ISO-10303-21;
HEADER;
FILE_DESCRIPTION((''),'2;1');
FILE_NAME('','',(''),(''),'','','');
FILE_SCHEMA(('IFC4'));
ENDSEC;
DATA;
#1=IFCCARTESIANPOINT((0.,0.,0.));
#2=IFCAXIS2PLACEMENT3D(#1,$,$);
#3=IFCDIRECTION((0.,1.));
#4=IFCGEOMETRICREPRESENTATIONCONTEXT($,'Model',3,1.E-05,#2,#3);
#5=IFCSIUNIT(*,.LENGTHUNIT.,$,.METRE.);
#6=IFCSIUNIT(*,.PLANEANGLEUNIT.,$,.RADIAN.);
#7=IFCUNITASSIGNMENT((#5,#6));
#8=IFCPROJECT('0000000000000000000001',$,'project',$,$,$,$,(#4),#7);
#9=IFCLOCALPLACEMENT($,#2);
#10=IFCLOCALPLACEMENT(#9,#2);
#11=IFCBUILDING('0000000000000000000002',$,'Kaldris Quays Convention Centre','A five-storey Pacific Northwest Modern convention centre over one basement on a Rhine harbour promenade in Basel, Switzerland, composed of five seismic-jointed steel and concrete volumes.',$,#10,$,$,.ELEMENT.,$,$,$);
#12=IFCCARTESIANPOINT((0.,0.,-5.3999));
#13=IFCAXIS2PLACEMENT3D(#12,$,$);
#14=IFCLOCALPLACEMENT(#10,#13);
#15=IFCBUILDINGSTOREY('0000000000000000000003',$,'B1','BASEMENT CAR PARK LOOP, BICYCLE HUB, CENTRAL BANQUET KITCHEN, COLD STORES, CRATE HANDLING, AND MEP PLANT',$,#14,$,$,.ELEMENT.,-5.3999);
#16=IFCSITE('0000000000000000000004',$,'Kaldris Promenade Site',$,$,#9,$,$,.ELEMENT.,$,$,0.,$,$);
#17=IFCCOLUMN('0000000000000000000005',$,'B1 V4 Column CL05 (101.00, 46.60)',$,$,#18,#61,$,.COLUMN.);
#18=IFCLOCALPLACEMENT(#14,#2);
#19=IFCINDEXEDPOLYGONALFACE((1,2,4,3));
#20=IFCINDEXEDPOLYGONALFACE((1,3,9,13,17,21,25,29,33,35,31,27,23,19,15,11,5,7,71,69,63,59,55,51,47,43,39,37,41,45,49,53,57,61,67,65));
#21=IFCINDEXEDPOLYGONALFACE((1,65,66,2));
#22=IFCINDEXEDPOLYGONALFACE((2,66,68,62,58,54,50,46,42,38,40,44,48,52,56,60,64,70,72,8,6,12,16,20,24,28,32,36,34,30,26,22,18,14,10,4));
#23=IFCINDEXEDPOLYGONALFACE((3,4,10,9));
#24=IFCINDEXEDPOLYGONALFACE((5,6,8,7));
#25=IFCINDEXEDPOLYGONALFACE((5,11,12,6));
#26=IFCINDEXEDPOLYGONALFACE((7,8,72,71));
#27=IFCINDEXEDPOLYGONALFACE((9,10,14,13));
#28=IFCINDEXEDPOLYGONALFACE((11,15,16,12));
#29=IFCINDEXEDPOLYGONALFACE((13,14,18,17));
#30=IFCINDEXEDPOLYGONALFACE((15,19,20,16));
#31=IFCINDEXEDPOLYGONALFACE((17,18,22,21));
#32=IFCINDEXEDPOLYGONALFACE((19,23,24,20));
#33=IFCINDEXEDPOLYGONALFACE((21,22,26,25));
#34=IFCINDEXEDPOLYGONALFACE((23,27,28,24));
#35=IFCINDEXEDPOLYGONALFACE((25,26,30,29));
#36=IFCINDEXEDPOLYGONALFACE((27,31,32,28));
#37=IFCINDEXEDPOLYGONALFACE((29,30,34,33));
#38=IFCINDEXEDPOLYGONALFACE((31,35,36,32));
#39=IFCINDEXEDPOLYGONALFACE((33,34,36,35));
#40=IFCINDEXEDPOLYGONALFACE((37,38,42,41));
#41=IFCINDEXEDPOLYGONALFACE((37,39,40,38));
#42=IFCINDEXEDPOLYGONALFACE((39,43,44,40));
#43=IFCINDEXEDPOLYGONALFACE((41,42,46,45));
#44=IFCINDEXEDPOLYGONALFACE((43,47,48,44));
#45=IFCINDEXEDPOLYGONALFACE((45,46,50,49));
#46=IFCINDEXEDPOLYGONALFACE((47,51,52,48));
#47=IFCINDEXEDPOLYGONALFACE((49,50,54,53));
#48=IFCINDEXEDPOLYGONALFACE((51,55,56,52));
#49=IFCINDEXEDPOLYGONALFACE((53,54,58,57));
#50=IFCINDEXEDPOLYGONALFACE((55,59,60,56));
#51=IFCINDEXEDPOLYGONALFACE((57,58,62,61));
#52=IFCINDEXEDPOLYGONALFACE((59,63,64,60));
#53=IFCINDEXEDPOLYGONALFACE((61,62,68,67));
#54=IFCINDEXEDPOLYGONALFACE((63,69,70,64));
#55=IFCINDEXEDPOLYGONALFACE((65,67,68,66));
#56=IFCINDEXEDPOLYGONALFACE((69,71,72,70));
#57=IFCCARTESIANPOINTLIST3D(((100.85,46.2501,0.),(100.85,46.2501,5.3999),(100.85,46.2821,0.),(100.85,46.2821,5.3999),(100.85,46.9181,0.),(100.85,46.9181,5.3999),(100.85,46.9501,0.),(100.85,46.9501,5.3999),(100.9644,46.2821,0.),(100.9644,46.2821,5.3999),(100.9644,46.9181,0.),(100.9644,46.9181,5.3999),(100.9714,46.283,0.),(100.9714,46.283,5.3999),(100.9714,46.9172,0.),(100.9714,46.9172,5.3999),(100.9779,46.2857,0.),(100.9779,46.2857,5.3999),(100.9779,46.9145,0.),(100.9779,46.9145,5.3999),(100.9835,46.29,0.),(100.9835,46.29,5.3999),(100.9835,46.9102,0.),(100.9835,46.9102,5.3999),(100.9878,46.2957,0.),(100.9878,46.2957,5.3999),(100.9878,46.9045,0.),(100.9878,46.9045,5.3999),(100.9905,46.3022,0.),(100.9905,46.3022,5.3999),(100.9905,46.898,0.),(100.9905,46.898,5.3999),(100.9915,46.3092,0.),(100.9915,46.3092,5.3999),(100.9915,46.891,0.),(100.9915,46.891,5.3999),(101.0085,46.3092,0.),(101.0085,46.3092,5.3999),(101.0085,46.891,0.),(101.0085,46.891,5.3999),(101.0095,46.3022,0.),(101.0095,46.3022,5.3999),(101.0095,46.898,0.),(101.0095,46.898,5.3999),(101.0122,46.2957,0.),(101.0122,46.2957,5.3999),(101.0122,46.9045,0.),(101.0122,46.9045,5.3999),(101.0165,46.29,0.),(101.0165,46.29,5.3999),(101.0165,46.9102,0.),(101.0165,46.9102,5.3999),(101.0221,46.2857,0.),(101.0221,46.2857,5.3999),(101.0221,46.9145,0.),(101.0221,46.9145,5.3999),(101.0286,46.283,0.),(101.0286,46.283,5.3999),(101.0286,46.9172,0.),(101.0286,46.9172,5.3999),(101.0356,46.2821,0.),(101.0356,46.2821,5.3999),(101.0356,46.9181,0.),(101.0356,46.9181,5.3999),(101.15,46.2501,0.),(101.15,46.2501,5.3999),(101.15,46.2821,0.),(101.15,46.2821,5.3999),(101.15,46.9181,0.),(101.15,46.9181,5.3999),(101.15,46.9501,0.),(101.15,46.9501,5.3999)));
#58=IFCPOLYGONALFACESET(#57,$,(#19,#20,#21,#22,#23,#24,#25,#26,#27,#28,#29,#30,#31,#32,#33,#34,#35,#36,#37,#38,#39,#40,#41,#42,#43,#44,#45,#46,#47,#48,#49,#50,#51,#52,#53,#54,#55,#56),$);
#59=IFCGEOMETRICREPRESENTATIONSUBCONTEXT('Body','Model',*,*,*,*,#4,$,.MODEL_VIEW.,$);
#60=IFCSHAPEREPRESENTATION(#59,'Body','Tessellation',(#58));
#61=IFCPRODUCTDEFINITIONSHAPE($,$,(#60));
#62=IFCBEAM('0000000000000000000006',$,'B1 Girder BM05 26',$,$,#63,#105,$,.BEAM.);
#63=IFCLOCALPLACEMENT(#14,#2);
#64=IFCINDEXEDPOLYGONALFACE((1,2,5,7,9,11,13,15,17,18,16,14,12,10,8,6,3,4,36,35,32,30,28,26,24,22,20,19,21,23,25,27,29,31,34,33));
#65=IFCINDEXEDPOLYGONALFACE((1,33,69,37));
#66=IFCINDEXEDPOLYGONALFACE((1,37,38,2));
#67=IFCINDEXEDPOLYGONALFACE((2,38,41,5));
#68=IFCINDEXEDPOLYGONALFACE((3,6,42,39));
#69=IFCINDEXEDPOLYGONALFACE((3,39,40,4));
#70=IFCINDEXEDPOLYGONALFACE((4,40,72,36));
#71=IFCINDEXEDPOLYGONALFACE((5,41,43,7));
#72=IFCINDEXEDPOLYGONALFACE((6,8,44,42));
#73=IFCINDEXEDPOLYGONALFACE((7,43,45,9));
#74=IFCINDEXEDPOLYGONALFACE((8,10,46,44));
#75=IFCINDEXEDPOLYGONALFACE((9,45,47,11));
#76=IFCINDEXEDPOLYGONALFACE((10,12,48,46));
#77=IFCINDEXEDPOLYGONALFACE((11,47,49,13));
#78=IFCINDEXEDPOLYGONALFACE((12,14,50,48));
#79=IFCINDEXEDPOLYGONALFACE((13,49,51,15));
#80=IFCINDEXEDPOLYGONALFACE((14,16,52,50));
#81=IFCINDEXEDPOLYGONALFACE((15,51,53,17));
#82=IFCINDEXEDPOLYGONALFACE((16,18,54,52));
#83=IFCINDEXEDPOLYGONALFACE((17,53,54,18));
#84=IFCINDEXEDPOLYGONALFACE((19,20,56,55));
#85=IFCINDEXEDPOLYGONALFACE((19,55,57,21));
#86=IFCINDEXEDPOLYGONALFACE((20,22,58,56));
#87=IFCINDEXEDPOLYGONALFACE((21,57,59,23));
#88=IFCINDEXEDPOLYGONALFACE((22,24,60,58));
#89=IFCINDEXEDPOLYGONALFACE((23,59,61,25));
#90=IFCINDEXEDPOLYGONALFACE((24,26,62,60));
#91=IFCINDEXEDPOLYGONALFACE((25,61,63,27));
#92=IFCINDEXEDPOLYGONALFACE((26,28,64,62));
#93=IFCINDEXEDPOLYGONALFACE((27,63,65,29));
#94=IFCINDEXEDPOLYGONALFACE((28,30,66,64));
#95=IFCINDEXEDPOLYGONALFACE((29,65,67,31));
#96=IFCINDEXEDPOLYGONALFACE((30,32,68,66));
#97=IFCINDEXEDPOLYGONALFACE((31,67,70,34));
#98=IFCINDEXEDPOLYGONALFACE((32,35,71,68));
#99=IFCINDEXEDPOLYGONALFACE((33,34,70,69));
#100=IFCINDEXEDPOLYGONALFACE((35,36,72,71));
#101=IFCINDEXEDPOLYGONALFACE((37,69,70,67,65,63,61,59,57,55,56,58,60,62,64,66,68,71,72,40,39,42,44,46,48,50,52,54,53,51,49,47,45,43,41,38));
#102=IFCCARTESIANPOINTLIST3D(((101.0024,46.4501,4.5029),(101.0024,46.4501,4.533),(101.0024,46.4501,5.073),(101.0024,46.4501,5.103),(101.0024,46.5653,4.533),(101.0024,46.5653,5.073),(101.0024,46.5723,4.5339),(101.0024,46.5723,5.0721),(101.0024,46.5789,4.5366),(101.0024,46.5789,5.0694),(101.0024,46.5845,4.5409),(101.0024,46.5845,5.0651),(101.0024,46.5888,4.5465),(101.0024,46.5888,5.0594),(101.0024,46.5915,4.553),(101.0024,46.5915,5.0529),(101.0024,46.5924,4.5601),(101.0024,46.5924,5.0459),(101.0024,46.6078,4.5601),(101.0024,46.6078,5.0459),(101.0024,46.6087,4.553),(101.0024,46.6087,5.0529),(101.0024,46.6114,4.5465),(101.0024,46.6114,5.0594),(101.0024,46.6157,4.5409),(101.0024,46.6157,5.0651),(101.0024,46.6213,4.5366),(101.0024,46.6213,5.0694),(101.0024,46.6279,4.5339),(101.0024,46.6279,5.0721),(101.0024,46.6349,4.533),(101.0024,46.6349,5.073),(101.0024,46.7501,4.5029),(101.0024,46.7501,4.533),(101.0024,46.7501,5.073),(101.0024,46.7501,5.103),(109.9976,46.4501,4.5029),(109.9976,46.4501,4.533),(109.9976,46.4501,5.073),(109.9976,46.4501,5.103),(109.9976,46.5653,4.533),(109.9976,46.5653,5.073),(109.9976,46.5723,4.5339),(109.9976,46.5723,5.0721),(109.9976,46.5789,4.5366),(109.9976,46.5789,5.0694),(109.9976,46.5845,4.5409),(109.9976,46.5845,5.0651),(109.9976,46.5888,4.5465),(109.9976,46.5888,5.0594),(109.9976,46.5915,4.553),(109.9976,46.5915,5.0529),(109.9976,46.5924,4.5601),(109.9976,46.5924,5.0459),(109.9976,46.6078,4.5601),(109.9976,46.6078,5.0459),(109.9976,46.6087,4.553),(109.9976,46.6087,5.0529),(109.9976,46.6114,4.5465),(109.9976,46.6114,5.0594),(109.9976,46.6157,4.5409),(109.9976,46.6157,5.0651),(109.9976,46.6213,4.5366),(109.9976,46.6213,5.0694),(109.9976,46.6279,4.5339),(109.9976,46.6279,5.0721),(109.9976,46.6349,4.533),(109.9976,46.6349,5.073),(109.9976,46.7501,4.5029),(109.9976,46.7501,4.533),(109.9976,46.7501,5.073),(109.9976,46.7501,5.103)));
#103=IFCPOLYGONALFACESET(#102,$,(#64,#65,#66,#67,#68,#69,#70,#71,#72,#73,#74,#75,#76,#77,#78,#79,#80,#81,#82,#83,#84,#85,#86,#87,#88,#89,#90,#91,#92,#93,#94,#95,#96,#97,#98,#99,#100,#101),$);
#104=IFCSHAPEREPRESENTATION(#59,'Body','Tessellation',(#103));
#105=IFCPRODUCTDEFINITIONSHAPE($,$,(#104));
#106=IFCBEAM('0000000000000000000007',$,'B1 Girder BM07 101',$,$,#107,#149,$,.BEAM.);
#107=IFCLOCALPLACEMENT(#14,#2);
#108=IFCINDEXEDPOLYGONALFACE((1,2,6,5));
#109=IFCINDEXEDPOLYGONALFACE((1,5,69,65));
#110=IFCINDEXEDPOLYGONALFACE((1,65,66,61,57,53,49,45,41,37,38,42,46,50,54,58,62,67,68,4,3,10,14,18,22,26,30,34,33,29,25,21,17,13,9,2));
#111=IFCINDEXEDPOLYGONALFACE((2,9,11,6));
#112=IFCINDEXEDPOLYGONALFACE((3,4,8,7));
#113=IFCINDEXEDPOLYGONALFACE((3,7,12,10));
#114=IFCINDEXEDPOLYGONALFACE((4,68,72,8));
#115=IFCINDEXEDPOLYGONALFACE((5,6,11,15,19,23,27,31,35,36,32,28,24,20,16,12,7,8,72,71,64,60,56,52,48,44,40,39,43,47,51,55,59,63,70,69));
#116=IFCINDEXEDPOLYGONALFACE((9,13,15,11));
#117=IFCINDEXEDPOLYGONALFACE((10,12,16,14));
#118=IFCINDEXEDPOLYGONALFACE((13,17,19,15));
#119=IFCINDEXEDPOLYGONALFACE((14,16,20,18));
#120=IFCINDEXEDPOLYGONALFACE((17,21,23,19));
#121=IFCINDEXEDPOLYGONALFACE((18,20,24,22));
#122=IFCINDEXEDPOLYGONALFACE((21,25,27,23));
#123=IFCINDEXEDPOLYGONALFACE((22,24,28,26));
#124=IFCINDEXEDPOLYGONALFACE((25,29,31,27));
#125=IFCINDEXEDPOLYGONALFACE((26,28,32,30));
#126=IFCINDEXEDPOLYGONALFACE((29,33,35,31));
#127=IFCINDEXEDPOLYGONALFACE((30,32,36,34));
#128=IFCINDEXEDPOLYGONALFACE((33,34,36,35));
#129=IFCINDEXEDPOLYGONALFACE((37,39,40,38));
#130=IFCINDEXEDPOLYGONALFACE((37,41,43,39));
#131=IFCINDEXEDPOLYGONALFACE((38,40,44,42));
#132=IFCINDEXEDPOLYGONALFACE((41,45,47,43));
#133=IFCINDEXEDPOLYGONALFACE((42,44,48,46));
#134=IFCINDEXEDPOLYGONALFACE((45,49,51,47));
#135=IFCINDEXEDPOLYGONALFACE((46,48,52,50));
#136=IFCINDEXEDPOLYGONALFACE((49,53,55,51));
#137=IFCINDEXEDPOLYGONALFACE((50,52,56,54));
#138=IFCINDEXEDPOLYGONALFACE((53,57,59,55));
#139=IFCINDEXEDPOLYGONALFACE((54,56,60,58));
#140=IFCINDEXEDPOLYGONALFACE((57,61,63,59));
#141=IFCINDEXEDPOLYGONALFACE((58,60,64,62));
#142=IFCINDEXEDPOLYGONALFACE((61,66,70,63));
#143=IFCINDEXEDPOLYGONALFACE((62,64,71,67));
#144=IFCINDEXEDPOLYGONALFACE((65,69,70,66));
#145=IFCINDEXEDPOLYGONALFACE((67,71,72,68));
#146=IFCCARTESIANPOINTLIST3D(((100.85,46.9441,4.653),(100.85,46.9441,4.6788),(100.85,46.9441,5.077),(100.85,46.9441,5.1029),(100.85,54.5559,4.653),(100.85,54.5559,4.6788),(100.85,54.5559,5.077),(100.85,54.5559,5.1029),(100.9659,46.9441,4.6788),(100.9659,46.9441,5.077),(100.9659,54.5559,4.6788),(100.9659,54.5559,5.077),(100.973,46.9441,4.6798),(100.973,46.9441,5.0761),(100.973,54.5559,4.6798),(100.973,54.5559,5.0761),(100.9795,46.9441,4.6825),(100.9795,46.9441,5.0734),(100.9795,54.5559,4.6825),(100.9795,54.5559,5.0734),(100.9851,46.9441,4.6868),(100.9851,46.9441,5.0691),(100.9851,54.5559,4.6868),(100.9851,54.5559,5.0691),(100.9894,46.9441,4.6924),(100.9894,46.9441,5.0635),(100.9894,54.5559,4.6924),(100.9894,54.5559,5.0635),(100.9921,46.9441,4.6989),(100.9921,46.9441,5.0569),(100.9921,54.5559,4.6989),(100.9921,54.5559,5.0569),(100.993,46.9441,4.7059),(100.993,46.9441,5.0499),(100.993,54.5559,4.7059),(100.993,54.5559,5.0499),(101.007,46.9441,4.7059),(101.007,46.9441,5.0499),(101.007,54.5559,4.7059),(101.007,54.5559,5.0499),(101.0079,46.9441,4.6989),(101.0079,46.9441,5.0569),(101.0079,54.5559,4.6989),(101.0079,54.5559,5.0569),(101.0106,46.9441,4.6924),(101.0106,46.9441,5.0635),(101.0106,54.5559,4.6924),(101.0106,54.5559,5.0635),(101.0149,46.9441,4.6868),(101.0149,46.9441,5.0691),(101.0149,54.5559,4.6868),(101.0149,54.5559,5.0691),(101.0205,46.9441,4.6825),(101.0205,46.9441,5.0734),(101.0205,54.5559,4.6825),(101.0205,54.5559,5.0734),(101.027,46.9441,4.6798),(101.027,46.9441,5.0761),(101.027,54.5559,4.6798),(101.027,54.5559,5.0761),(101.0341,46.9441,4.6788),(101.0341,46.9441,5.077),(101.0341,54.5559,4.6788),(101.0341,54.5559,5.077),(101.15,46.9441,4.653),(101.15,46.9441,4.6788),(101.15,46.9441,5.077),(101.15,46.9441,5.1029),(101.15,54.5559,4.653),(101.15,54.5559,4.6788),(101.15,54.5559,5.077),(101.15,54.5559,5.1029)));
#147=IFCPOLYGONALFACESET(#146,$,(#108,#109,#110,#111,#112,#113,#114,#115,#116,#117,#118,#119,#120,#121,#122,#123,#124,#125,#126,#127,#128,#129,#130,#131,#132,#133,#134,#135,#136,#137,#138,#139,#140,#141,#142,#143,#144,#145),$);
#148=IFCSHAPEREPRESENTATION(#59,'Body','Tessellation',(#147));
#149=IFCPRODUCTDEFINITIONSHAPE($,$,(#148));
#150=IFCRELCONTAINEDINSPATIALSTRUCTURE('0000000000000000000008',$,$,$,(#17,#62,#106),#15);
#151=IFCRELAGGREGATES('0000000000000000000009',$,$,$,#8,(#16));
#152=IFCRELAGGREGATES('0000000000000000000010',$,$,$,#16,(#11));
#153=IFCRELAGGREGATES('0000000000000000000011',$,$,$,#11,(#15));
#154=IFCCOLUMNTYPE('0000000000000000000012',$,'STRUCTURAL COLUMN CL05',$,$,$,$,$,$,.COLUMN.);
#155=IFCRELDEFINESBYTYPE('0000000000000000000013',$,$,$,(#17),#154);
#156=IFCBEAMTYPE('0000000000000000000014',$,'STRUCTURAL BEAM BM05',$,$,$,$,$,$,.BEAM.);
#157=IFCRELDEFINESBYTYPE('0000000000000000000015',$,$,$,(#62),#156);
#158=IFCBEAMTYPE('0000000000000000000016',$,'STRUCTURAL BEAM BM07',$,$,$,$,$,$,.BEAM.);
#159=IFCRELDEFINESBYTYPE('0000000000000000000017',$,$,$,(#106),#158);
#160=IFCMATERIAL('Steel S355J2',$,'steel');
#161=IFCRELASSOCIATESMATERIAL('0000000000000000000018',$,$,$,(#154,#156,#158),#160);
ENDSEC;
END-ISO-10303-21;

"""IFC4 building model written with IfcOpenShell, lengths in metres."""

from ifc_helpers import new_model, si_unit, direction, frame, origin, origin_2d, place, context, subcontext, project, spatial, i_section, extrude, material, material_profile, profile_set, type_object, element, save


model = new_model("IFC4")

# Units and contexts
model_context = context("Model", 3, precision=1e-05, world=origin(), true_north=direction((0.0, 1.0)))
body_context = subcontext(model_context, "Body", "Model", "MODEL_VIEW")
ifc_project = project(units=[si_unit("LENGTHUNIT", "METRE"), si_unit("PLANEANGLEUNIT", "RADIAN")], contexts=[model_context])

# Site, building, storey
site_placement = place(None, origin())
site = spatial("IfcSite", under=ifc_project, at=site_placement, Name="Kaldris Promenade Site", CompositionType="ELEMENT", RefElevation=0.0)
building_placement = place(site_placement, origin())
building = spatial("IfcBuilding", under=site, at=building_placement, Name="Kaldris Quays Convention Centre", Description="A five-storey Pacific Northwest Modern convention centre over one basement on a Rhine harbour promenade in Basel, Switzerland, composed of five seismic-jointed steel and concrete volumes.", CompositionType="ELEMENT")
storey_placement = place(building_placement, frame((0.0, 0.0, -5.3999)))
storey = spatial("IfcBuildingStorey", under=building, at=storey_placement, Name="B1", Description="BASEMENT CAR PARK LOOP, BICYCLE HUB, CENTRAL BANQUET KITCHEN, COLD STORES, CRATE HANDLING, AND MEP PLANT", CompositionType="ELEMENT", Elevation=-5.3999)

# Column
ifc_material_1 = material(Name="Steel S355J2", Category="steel")
ifc_material_profile_1 = material_profile(ifc_material_1, i_section(OverallWidth=0.3, OverallDepth=0.7, WebThickness=0.0171, FlangeThickness=0.032, FilletRadius=0.0271, at=origin_2d()), Name="HEB 700")
ifc_profile_set_1 = profile_set([ifc_material_profile_1], Name="Steel S355J2")
column_type = type_object("IfcColumnType", Name="STRUCTURAL COLUMN CL05", PredefinedType="COLUMN", material=ifc_profile_set_1)
column_placement = place(storey_placement, frame((101.0, 46.6001, 0.0), z_axis=(0.0, 0.0, 1.0), x_axis=(1.0, 0.0, 0.0)))
element("IfcColumn", 1, at=column_placement, inside=storey, type_object=column_type, Name="B1 V4 Column CL05 (101.00, 46.60)", PredefinedType="COLUMN", context=body_context, shape_type="SweptSolid", body=[
    extrude(i_section(OverallWidth=0.3, OverallDepth=0.7, WebThickness=0.0171, FlangeThickness=0.032, FilletRadius=0.0271, at=origin_2d()), origin(), (0.0, 0.0, 1.0), 5.3999),
])

# Beams
ifc_material_profile_2 = material_profile(ifc_material_1, i_section(OverallWidth=0.3, OverallDepth=0.6001, WebThickness=0.0154, FlangeThickness=0.03, FilletRadius=0.0271, at=origin_2d()), Name="HEB 600")
ifc_profile_set_2 = profile_set([ifc_material_profile_2], Name="Steel S355J2")
beam_type_1 = type_object("IfcBeamType", Name="STRUCTURAL BEAM BM05", PredefinedType="BEAM", material=ifc_profile_set_2)
beam_1_placement = place(storey_placement, frame((101.0024, 46.6001, 4.803), z_axis=(1.0, 0.0, 0.0), x_axis=(0.0, 1.0, 0.0)))
element("IfcBeam", 2, at=beam_1_placement, inside=storey, type_object=beam_type_1, Name="B1 Girder BM05 26", PredefinedType="BEAM", context=body_context, shape_type="SweptSolid", body=[
    extrude(i_section(OverallWidth=0.3, OverallDepth=0.6001, WebThickness=0.0154, FlangeThickness=0.03, FilletRadius=0.0271, at=origin_2d()), origin(), (0.0, 0.0, 1.0), 8.9951),
])
ifc_material_profile_3 = material_profile(ifc_material_1, i_section(OverallWidth=0.3, OverallDepth=0.45, WebThickness=0.0139, FlangeThickness=0.0259, FilletRadius=0.0271, at=origin_2d()), Name="HEB 450")
ifc_profile_set_3 = profile_set([ifc_material_profile_3], Name="Steel S355J2")
beam_type_2 = type_object("IfcBeamType", Name="STRUCTURAL BEAM BM07", PredefinedType="BEAM", material=ifc_profile_set_3)
beam_2_placement = place(storey_placement, frame((101.0, 46.9441, 4.8779), z_axis=(0.0, 1.0, 0.0), x_axis=(-1.0, 0.0, 0.0)))
element("IfcBeam", 3, at=beam_2_placement, inside=storey, type_object=beam_type_2, Name="B1 Girder BM07 101", PredefinedType="BEAM", context=body_context, shape_type="SweptSolid", body=[
    extrude(i_section(OverallWidth=0.3, OverallDepth=0.45, WebThickness=0.0139, FlangeThickness=0.0259, FilletRadius=0.0271, at=origin_2d()), origin(), (0.0, 0.0, 1.0), 7.6118),
])

save(model, "model.ifc")
